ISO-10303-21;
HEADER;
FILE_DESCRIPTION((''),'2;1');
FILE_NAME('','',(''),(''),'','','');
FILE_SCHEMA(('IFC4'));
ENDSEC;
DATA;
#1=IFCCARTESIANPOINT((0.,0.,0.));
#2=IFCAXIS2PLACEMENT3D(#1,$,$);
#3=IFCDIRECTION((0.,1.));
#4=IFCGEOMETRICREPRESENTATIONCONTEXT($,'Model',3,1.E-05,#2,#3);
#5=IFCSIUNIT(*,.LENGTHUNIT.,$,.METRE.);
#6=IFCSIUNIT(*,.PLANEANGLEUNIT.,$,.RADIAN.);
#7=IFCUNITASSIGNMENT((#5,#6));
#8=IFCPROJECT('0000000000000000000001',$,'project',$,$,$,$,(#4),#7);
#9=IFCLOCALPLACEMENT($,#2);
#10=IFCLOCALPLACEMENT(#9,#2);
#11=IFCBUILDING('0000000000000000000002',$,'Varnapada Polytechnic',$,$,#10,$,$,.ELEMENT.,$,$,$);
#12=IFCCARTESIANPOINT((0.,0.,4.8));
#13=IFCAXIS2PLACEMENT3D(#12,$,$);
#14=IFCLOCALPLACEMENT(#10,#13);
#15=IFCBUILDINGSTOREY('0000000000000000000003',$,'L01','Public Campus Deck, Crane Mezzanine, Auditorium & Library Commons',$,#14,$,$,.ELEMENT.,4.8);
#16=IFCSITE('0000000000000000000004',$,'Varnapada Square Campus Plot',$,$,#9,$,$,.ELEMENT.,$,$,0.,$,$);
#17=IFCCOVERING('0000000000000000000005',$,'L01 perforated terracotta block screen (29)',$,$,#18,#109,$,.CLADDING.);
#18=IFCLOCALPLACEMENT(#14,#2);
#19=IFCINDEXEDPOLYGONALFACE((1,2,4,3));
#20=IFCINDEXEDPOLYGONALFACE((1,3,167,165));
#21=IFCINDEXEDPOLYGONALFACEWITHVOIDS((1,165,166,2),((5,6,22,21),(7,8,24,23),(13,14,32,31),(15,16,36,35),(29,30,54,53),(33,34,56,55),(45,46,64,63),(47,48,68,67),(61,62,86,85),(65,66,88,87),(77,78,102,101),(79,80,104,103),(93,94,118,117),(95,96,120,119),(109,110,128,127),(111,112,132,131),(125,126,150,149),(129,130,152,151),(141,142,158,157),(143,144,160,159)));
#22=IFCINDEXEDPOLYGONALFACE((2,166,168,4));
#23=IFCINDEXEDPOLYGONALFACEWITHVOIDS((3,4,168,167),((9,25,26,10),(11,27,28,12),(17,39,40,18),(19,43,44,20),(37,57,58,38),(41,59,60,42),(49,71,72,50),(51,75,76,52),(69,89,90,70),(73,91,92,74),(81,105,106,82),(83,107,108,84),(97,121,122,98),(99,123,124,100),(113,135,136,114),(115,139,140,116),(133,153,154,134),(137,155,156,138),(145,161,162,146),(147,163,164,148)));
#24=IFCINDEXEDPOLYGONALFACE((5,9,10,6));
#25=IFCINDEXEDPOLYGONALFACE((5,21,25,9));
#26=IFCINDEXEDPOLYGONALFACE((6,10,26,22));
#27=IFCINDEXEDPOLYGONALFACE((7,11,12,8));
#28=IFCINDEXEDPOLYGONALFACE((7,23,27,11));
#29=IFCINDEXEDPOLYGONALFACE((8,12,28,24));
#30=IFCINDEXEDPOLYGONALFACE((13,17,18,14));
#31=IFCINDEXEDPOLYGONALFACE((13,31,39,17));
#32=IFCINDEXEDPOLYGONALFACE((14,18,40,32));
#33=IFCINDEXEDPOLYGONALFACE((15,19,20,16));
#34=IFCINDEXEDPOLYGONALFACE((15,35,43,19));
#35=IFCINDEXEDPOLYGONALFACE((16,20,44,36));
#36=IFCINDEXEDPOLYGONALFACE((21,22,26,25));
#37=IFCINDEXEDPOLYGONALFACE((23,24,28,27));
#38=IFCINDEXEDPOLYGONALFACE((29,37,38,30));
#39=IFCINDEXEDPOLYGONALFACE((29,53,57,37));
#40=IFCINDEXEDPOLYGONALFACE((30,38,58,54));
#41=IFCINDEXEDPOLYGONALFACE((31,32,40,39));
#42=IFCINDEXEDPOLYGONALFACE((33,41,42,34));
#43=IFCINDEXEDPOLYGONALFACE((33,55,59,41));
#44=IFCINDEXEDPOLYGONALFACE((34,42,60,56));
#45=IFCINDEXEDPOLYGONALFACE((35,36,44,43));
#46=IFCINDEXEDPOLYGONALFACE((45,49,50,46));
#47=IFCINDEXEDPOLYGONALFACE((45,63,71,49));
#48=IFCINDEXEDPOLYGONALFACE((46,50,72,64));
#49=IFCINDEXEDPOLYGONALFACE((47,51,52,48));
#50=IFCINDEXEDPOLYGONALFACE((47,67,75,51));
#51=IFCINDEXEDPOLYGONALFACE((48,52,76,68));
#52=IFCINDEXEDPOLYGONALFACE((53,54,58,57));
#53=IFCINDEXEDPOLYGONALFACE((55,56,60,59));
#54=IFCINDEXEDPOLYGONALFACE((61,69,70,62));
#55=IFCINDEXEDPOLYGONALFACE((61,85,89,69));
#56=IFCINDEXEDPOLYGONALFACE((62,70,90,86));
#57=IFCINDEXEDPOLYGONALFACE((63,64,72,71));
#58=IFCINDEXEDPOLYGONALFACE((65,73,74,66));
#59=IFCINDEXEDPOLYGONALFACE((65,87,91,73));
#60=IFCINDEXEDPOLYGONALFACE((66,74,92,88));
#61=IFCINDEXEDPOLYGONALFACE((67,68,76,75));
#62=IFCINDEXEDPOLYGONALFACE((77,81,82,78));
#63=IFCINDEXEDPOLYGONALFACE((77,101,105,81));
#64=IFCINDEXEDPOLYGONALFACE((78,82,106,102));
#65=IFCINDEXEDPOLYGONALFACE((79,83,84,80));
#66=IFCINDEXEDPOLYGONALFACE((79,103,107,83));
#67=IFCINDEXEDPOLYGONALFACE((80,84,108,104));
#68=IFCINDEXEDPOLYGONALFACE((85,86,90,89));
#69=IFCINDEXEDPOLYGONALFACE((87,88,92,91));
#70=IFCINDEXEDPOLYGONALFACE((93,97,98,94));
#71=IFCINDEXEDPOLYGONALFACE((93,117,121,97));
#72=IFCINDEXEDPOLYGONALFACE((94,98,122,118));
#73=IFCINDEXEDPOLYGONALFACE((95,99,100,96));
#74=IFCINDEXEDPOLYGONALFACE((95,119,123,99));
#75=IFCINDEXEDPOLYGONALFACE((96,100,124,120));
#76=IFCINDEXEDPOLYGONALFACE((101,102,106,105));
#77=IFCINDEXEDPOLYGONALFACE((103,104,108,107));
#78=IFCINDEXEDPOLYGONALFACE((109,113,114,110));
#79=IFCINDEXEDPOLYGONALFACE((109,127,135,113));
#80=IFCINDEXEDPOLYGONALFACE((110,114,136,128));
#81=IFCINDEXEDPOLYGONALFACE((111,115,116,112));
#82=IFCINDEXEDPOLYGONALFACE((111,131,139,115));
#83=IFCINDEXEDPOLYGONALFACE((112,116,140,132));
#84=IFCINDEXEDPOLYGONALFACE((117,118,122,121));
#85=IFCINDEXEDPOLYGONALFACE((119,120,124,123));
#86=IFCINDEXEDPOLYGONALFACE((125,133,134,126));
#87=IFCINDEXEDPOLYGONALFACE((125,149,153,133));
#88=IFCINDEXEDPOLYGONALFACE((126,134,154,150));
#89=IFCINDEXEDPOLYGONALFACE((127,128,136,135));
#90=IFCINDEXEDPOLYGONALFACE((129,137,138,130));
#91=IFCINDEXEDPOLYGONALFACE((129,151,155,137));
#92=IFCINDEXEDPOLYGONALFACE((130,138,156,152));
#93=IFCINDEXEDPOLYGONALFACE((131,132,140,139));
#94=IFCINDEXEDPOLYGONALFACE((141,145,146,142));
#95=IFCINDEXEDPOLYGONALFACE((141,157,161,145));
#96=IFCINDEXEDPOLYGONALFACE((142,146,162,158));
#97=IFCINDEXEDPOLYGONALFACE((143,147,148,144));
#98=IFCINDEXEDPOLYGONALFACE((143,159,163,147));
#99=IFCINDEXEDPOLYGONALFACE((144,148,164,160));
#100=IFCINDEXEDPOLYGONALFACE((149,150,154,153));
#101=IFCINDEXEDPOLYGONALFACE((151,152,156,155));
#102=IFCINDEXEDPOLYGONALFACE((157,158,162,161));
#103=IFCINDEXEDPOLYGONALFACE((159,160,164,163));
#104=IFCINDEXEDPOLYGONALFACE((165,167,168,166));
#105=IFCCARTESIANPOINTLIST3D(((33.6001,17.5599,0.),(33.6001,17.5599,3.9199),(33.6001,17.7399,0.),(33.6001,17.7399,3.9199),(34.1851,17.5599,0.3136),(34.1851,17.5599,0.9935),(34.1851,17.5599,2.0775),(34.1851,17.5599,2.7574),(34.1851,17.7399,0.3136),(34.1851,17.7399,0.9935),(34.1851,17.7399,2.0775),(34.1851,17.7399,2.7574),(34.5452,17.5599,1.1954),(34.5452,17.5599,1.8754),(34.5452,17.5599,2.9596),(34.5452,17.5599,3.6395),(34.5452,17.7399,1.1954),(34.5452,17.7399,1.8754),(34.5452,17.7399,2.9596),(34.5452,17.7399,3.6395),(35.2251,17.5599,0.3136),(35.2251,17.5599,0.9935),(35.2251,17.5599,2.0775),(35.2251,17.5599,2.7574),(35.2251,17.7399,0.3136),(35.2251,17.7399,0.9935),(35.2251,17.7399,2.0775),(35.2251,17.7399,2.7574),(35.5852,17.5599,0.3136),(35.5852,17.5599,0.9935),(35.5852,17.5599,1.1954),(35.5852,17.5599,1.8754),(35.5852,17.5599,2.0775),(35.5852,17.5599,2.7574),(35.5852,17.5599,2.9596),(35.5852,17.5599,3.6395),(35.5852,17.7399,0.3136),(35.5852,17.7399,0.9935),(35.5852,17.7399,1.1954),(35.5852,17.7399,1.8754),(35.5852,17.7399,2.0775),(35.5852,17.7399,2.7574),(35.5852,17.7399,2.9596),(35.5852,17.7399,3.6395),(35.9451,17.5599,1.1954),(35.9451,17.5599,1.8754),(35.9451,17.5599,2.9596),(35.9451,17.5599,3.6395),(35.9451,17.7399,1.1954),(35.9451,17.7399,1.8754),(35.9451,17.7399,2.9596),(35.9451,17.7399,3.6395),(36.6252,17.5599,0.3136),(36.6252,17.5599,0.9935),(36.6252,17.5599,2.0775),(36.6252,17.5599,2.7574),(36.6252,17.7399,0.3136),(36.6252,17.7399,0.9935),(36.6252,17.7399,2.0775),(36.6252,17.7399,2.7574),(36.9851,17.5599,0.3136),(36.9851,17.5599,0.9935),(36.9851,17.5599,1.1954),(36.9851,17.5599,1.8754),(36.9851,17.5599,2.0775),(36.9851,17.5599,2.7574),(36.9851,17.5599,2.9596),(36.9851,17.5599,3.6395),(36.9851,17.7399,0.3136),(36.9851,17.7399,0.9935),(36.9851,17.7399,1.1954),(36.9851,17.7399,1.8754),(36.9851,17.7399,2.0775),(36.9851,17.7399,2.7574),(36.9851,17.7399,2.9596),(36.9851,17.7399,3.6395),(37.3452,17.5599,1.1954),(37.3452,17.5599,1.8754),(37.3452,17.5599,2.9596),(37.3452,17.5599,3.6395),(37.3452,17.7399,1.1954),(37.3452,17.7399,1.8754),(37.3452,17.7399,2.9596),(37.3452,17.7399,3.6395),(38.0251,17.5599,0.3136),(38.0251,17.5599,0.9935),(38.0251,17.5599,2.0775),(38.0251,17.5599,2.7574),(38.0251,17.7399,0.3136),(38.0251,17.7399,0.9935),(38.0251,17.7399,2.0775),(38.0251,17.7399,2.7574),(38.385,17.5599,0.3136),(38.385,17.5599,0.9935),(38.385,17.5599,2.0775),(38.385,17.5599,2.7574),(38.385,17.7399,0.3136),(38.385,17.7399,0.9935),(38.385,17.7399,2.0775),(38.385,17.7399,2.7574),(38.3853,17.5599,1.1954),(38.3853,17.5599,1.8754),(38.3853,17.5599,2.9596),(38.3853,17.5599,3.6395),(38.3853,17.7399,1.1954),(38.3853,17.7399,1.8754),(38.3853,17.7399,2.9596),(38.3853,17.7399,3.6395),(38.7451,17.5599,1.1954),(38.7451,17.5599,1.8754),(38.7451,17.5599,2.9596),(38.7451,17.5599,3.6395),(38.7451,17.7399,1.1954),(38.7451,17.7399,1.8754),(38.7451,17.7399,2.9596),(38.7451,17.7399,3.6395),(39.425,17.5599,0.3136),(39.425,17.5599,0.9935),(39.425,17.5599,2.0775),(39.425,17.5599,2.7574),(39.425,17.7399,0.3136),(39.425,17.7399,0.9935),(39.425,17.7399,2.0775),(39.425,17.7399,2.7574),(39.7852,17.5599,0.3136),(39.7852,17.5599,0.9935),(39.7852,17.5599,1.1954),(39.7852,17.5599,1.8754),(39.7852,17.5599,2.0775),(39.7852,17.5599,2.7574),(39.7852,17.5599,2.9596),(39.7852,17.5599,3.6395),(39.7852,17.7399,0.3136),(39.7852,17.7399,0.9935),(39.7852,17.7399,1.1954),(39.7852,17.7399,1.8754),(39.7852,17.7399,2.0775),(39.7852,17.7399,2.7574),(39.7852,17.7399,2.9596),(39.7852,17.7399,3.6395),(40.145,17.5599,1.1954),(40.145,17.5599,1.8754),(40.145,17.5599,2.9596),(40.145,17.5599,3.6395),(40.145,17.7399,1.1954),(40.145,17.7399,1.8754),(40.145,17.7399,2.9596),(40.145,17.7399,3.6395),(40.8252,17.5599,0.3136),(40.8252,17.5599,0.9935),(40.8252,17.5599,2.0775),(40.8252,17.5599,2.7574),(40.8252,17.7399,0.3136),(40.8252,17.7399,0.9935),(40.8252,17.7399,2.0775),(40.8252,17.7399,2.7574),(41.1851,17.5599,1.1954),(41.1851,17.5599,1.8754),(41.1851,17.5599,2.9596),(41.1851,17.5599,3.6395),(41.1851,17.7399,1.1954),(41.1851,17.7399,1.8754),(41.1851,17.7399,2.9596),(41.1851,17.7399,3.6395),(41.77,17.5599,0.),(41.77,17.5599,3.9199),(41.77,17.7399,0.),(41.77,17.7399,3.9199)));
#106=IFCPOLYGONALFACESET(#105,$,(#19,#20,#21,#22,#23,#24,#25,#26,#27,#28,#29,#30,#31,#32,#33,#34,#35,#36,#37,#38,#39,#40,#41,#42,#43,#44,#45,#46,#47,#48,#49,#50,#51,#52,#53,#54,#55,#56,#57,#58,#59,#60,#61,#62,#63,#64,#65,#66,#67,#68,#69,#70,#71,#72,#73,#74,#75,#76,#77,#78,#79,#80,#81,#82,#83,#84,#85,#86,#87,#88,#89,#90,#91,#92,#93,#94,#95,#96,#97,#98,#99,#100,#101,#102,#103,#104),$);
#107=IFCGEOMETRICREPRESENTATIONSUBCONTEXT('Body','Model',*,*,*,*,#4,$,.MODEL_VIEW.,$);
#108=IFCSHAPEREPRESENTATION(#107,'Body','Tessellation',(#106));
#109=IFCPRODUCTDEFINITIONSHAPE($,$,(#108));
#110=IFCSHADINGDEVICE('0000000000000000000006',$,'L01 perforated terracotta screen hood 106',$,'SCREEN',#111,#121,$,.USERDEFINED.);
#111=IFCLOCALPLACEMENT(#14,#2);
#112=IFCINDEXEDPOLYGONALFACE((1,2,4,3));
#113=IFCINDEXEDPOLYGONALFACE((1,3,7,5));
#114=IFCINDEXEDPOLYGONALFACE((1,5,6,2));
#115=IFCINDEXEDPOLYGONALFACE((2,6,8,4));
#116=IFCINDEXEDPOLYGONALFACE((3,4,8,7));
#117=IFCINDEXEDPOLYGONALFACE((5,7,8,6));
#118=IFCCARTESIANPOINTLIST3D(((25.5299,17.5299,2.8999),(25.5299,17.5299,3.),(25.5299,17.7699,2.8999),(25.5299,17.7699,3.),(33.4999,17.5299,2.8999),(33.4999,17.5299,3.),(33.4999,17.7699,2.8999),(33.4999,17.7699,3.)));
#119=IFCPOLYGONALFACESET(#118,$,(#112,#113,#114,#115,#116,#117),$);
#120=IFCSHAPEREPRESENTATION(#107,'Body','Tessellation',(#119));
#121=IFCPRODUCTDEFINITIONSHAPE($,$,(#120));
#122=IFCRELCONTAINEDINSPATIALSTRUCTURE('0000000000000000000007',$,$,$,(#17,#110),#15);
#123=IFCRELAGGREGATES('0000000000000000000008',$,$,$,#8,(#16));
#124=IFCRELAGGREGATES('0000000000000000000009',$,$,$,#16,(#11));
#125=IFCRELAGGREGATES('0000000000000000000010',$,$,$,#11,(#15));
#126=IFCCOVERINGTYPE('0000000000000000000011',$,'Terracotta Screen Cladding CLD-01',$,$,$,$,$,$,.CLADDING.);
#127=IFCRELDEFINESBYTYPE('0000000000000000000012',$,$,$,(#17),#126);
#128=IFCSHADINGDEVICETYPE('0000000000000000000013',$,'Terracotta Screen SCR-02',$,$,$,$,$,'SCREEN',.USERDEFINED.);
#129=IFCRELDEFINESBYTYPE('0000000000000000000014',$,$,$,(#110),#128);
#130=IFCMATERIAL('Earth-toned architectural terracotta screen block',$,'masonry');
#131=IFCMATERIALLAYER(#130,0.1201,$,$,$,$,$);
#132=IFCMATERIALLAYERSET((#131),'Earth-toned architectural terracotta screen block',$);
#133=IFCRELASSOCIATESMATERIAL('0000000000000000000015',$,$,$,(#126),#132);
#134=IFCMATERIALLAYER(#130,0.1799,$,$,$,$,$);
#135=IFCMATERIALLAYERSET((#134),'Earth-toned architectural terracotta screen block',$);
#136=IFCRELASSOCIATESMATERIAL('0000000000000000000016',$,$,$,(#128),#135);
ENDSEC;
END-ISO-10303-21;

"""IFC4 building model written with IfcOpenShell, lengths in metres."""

from ifc_helpers import new_model, si_unit, direction, frame, frame_2d, origin, origin_2d, place, context, subcontext, project, spatial, rectangle, extrude, material, layer, layer_set, type_object, element, save


model = new_model("IFC4")

# Units and contexts
model_context = context("Model", 3, precision=1e-05, world=origin(), true_north=direction((0.0, 1.0)))
body_context = subcontext(model_context, "Body", "Model", "MODEL_VIEW")
ifc_project = project(units=[si_unit("LENGTHUNIT", "METRE"), si_unit("PLANEANGLEUNIT", "RADIAN")], contexts=[model_context])

# Site, building, storey
site_placement = place(None, origin())
site = spatial("IfcSite", under=ifc_project, at=site_placement, Name="Varnapada Square Campus Plot", CompositionType="ELEMENT", RefElevation=0.0)
building_placement = place(site_placement, origin())
building = spatial("IfcBuilding", under=site, at=building_placement, Name="Varnapada Polytechnic", CompositionType="ELEMENT")
storey_placement = place(building_placement, frame((0.0, 0.0, 4.8)))
storey = spatial("IfcBuildingStorey", under=building, at=storey_placement, Name="L01", Description="Public Campus Deck, Crane Mezzanine, Auditorium & Library Commons", CompositionType="ELEMENT", Elevation=4.8)

# Covering, openings
ifc_material = material(Name="Earth-toned architectural terracotta screen block", Category="masonry")
ifc_layer_1 = layer(ifc_material, 0.1201)
ifc_layer_set_1 = layer_set([ifc_layer_1], Name="Earth-toned architectural terracotta screen block")
covering_type = type_object("IfcCoveringType", Name="Terracotta Screen Cladding CLD-01", PredefinedType="CLADDING", material=ifc_layer_set_1)
covering_placement = place(storey_placement, frame((33.6001, 17.6499, 0.0), z_axis=(0.0, 0.0, 1.0), x_axis=(1.0, 0.0, 0.0)))
covering = element("IfcCovering", 1, at=covering_placement, inside=storey, type_object=covering_type, Name="L01 perforated terracotta block screen (29)", PredefinedType="CLADDING", context=body_context, shape_type="SweptSolid", body=[
    extrude(rectangle(XDim=8.1699, YDim=0.1799, at=frame_2d((4.085, 0.0))), origin(), (0.0, 0.0, 1.0), 3.9199),
])
opening_1_placement = place(covering_placement, frame((0.585, 0.0, 0.3137)))
element("IfcOpeningElement", 2, at=opening_1_placement, cuts=covering, PredefinedType="OPENING", context=body_context, shape_type="SweptSolid", body=[
    extrude(rectangle(XDim=1.04, YDim=0.6799, at=frame_2d((0.52, 0.3398))), frame((0.0, 0.0999, 0.0), z_axis=(0.0, -1.0, 0.0), x_axis=(1.0, 0.0, 0.0)), (0.0, 0.0, 1.0), 0.2),
])
opening_2_placement = place(covering_placement, frame((1.9851, 0.0, 0.3137)))
element("IfcOpeningElement", 3, at=opening_2_placement, cuts=covering, PredefinedType="OPENING", context=body_context, shape_type="SweptSolid", body=[
    extrude(rectangle(XDim=1.04, YDim=0.6799, at=frame_2d((0.52, 0.3398))), frame((0.0, 0.0999, 0.0), z_axis=(0.0, -1.0, 0.0), x_axis=(1.0, 0.0, 0.0)), (0.0, 0.0, 1.0), 0.2),
])
opening_3_placement = place(covering_placement, frame((3.385, 0.0, 0.3137)))
element("IfcOpeningElement", 4, at=opening_3_placement, cuts=covering, PredefinedType="OPENING", context=body_context, shape_type="SweptSolid", body=[
    extrude(rectangle(XDim=1.04, YDim=0.6799, at=frame_2d((0.52, 0.3398))), frame((0.0, 0.0999, 0.0), z_axis=(0.0, -1.0, 0.0), x_axis=(1.0, 0.0, 0.0)), (0.0, 0.0, 1.0), 0.2),
])
opening_4_placement = place(covering_placement, frame((4.7849, 0.0, 0.3137)))
element("IfcOpeningElement", 5, at=opening_4_placement, cuts=covering, PredefinedType="OPENING", context=body_context, shape_type="SweptSolid", body=[
    extrude(rectangle(XDim=1.04, YDim=0.6799, at=frame_2d((0.52, 0.3398))), frame((0.0, 0.0999, 0.0), z_axis=(0.0, -1.0, 0.0), x_axis=(1.0, 0.0, 0.0)), (0.0, 0.0, 1.0), 0.2),
])
opening_5_placement = place(covering_placement, frame((6.1851, 0.0, 0.3137)))
element("IfcOpeningElement", 6, at=opening_5_placement, cuts=covering, PredefinedType="OPENING", context=body_context, shape_type="SweptSolid", body=[
    extrude(rectangle(XDim=1.04, YDim=0.6799, at=frame_2d((0.52, 0.3398))), frame((0.0, 0.0999, 0.0), z_axis=(0.0, -1.0, 0.0), x_axis=(1.0, 0.0, 0.0)), (0.0, 0.0, 1.0), 0.2),
])
opening_6_placement = place(covering_placement, frame((0.9451, 0.0, 1.1956)))
element("IfcOpeningElement", 7, at=opening_6_placement, cuts=covering, PredefinedType="OPENING", context=body_context, shape_type="SweptSolid", body=[
    extrude(rectangle(XDim=1.04, YDim=0.6799, at=frame_2d((0.52, 0.3398))), frame((0.0, 0.0999, 0.0), z_axis=(0.0, -1.0, 0.0), x_axis=(1.0, 0.0, 0.0)), (0.0, 0.0, 1.0), 0.2),
])
opening_7_placement = place(covering_placement, frame((2.345, 0.0, 1.1956)))
element("IfcOpeningElement", 8, at=opening_7_placement, cuts=covering, PredefinedType="OPENING", context=body_context, shape_type="SweptSolid", body=[
    extrude(rectangle(XDim=1.04, YDim=0.6799, at=frame_2d((0.52, 0.3398))), frame((0.0, 0.0999, 0.0), z_axis=(0.0, -1.0, 0.0), x_axis=(1.0, 0.0, 0.0)), (0.0, 0.0, 1.0), 0.2),
])
opening_8_placement = place(covering_placement, frame((3.7451, 0.0, 1.1956)))
element("IfcOpeningElement", 9, at=opening_8_placement, cuts=covering, PredefinedType="OPENING", context=body_context, shape_type="SweptSolid", body=[
    extrude(rectangle(XDim=1.04, YDim=0.6799, at=frame_2d((0.52, 0.3398))), frame((0.0, 0.0999, 0.0), z_axis=(0.0, -1.0, 0.0), x_axis=(1.0, 0.0, 0.0)), (0.0, 0.0, 1.0), 0.2),
])
opening_9_placement = place(covering_placement, frame((5.145, 0.0, 1.1956)))
element("IfcOpeningElement", 10, at=opening_9_placement, cuts=covering, PredefinedType="OPENING", context=body_context, shape_type="SweptSolid", body=[
    extrude(rectangle(XDim=1.04, YDim=0.6799, at=frame_2d((0.52, 0.3398))), frame((0.0, 0.0999, 0.0), z_axis=(0.0, -1.0, 0.0), x_axis=(1.0, 0.0, 0.0)), (0.0, 0.0, 1.0), 0.2),
])
opening_10_placement = place(covering_placement, frame((6.5449, 0.0, 1.1956)))
element("IfcOpeningElement", 11, at=opening_10_placement, cuts=covering, PredefinedType="OPENING", context=body_context, shape_type="SweptSolid", body=[
    extrude(rectangle(XDim=1.04, YDim=0.6799, at=frame_2d((0.52, 0.3398))), frame((0.0, 0.0999, 0.0), z_axis=(0.0, -1.0, 0.0), x_axis=(1.0, 0.0, 0.0)), (0.0, 0.0, 1.0), 0.2),
])
opening_11_placement = place(covering_placement, frame((0.585, 0.0, 2.0776)))
element("IfcOpeningElement", 12, at=opening_11_placement, cuts=covering, PredefinedType="OPENING", context=body_context, shape_type="SweptSolid", body=[
    extrude(rectangle(XDim=1.04, YDim=0.6799, at=frame_2d((0.52, 0.3398))), frame((0.0, 0.0999, 0.0), z_axis=(0.0, -1.0, 0.0), x_axis=(1.0, 0.0, 0.0)), (0.0, 0.0, 1.0), 0.2),
])
opening_12_placement = place(covering_placement, frame((1.9851, 0.0, 2.0776)))
element("IfcOpeningElement", 13, at=opening_12_placement, cuts=covering, PredefinedType="OPENING", context=body_context, shape_type="SweptSolid", body=[
    extrude(rectangle(XDim=1.04, YDim=0.6799, at=frame_2d((0.52, 0.3398))), frame((0.0, 0.0999, 0.0), z_axis=(0.0, -1.0, 0.0), x_axis=(1.0, 0.0, 0.0)), (0.0, 0.0, 1.0), 0.2),
])
opening_13_placement = place(covering_placement, frame((3.385, 0.0, 2.0776)))
element("IfcOpeningElement", 14, at=opening_13_placement, cuts=covering, PredefinedType="OPENING", context=body_context, shape_type="SweptSolid", body=[
    extrude(rectangle(XDim=1.04, YDim=0.6799, at=frame_2d((0.52, 0.3398))), frame((0.0, 0.0999, 0.0), z_axis=(0.0, -1.0, 0.0), x_axis=(1.0, 0.0, 0.0)), (0.0, 0.0, 1.0), 0.2),
])
opening_14_placement = place(covering_placement, frame((4.7849, 0.0, 2.0776)))
element("IfcOpeningElement", 15, at=opening_14_placement, cuts=covering, PredefinedType="OPENING", context=body_context, shape_type="SweptSolid", body=[
    extrude(rectangle(XDim=1.04, YDim=0.6799, at=frame_2d((0.52, 0.3398))), frame((0.0, 0.0999, 0.0), z_axis=(0.0, -1.0, 0.0), x_axis=(1.0, 0.0, 0.0)), (0.0, 0.0, 1.0), 0.2),
])
opening_15_placement = place(covering_placement, frame((6.1851, 0.0, 2.0776)))
element("IfcOpeningElement", 16, at=opening_15_placement, cuts=covering, PredefinedType="OPENING", context=body_context, shape_type="SweptSolid", body=[
    extrude(rectangle(XDim=1.04, YDim=0.6799, at=frame_2d((0.52, 0.3398))), frame((0.0, 0.0999, 0.0), z_axis=(0.0, -1.0, 0.0), x_axis=(1.0, 0.0, 0.0)), (0.0, 0.0, 1.0), 0.2),
])
opening_16_placement = place(covering_placement, frame((0.9451, 0.0, 2.9597)))
element("IfcOpeningElement", 17, at=opening_16_placement, cuts=covering, PredefinedType="OPENING", context=body_context, shape_type="SweptSolid", body=[
    extrude(rectangle(XDim=1.04, YDim=0.6799, at=frame_2d((0.52, 0.3398))), frame((0.0, 0.0999, 0.0), z_axis=(0.0, -1.0, 0.0), x_axis=(1.0, 0.0, 0.0)), (0.0, 0.0, 1.0), 0.2),
])
opening_17_placement = place(covering_placement, frame((2.345, 0.0, 2.9597)))
element("IfcOpeningElement", 18, at=opening_17_placement, cuts=covering, PredefinedType="OPENING", context=body_context, shape_type="SweptSolid", body=[
    extrude(rectangle(XDim=1.04, YDim=0.6799, at=frame_2d((0.52, 0.3398))), frame((0.0, 0.0999, 0.0), z_axis=(0.0, -1.0, 0.0), x_axis=(1.0, 0.0, 0.0)), (0.0, 0.0, 1.0), 0.2),
])
opening_18_placement = place(covering_placement, frame((3.7451, 0.0, 2.9597)))
element("IfcOpeningElement", 19, at=opening_18_placement, cuts=covering, PredefinedType="OPENING", context=body_context, shape_type="SweptSolid", body=[
    extrude(rectangle(XDim=1.04, YDim=0.6799, at=frame_2d((0.52, 0.3398))), frame((0.0, 0.0999, 0.0), z_axis=(0.0, -1.0, 0.0), x_axis=(1.0, 0.0, 0.0)), (0.0, 0.0, 1.0), 0.2),
])
opening_19_placement = place(covering_placement, frame((5.145, 0.0, 2.9597)))
element("IfcOpeningElement", 20, at=opening_19_placement, cuts=covering, PredefinedType="OPENING", context=body_context, shape_type="SweptSolid", body=[
    extrude(rectangle(XDim=1.04, YDim=0.6799, at=frame_2d((0.52, 0.3398))), frame((0.0, 0.0999, 0.0), z_axis=(0.0, -1.0, 0.0), x_axis=(1.0, 0.0, 0.0)), (0.0, 0.0, 1.0), 0.2),
])
opening_20_placement = place(covering_placement, frame((6.5449, 0.0, 2.9597)))
element("IfcOpeningElement", 21, at=opening_20_placement, cuts=covering, PredefinedType="OPENING", context=body_context, shape_type="SweptSolid", body=[
    extrude(rectangle(XDim=1.04, YDim=0.6799, at=frame_2d((0.52, 0.3398))), frame((0.0, 0.0999, 0.0), z_axis=(0.0, -1.0, 0.0), x_axis=(1.0, 0.0, 0.0)), (0.0, 0.0, 1.0), 0.2),
])

# Shading device
ifc_layer_2 = layer(ifc_material, 0.1799)
ifc_layer_set_2 = layer_set([ifc_layer_2], Name="Earth-toned architectural terracotta screen block")
shading_device_type = type_object("IfcShadingDeviceType", Name="Terracotta Screen SCR-02", ElementType="SCREEN", PredefinedType="USERDEFINED", material=ifc_layer_set_2)
shading_device_placement = place(storey_placement, frame((29.5149, 17.6499, 2.8999), z_axis=(0.0, 0.0, 1.0), x_axis=(1.0, 0.0, 0.0)))
element("IfcShadingDevice", 22, at=shading_device_placement, inside=storey, type_object=shading_device_type, Name="L01 perforated terracotta screen hood 106", ObjectType="SCREEN", PredefinedType="USERDEFINED", context=body_context, shape_type="SweptSolid", body=[
    extrude(rectangle(XDim=7.97, YDim=0.24, at=origin_2d()), origin(), (0.0, 0.0, 1.0), 0.1001),
])

save(model, "model.ifc")
